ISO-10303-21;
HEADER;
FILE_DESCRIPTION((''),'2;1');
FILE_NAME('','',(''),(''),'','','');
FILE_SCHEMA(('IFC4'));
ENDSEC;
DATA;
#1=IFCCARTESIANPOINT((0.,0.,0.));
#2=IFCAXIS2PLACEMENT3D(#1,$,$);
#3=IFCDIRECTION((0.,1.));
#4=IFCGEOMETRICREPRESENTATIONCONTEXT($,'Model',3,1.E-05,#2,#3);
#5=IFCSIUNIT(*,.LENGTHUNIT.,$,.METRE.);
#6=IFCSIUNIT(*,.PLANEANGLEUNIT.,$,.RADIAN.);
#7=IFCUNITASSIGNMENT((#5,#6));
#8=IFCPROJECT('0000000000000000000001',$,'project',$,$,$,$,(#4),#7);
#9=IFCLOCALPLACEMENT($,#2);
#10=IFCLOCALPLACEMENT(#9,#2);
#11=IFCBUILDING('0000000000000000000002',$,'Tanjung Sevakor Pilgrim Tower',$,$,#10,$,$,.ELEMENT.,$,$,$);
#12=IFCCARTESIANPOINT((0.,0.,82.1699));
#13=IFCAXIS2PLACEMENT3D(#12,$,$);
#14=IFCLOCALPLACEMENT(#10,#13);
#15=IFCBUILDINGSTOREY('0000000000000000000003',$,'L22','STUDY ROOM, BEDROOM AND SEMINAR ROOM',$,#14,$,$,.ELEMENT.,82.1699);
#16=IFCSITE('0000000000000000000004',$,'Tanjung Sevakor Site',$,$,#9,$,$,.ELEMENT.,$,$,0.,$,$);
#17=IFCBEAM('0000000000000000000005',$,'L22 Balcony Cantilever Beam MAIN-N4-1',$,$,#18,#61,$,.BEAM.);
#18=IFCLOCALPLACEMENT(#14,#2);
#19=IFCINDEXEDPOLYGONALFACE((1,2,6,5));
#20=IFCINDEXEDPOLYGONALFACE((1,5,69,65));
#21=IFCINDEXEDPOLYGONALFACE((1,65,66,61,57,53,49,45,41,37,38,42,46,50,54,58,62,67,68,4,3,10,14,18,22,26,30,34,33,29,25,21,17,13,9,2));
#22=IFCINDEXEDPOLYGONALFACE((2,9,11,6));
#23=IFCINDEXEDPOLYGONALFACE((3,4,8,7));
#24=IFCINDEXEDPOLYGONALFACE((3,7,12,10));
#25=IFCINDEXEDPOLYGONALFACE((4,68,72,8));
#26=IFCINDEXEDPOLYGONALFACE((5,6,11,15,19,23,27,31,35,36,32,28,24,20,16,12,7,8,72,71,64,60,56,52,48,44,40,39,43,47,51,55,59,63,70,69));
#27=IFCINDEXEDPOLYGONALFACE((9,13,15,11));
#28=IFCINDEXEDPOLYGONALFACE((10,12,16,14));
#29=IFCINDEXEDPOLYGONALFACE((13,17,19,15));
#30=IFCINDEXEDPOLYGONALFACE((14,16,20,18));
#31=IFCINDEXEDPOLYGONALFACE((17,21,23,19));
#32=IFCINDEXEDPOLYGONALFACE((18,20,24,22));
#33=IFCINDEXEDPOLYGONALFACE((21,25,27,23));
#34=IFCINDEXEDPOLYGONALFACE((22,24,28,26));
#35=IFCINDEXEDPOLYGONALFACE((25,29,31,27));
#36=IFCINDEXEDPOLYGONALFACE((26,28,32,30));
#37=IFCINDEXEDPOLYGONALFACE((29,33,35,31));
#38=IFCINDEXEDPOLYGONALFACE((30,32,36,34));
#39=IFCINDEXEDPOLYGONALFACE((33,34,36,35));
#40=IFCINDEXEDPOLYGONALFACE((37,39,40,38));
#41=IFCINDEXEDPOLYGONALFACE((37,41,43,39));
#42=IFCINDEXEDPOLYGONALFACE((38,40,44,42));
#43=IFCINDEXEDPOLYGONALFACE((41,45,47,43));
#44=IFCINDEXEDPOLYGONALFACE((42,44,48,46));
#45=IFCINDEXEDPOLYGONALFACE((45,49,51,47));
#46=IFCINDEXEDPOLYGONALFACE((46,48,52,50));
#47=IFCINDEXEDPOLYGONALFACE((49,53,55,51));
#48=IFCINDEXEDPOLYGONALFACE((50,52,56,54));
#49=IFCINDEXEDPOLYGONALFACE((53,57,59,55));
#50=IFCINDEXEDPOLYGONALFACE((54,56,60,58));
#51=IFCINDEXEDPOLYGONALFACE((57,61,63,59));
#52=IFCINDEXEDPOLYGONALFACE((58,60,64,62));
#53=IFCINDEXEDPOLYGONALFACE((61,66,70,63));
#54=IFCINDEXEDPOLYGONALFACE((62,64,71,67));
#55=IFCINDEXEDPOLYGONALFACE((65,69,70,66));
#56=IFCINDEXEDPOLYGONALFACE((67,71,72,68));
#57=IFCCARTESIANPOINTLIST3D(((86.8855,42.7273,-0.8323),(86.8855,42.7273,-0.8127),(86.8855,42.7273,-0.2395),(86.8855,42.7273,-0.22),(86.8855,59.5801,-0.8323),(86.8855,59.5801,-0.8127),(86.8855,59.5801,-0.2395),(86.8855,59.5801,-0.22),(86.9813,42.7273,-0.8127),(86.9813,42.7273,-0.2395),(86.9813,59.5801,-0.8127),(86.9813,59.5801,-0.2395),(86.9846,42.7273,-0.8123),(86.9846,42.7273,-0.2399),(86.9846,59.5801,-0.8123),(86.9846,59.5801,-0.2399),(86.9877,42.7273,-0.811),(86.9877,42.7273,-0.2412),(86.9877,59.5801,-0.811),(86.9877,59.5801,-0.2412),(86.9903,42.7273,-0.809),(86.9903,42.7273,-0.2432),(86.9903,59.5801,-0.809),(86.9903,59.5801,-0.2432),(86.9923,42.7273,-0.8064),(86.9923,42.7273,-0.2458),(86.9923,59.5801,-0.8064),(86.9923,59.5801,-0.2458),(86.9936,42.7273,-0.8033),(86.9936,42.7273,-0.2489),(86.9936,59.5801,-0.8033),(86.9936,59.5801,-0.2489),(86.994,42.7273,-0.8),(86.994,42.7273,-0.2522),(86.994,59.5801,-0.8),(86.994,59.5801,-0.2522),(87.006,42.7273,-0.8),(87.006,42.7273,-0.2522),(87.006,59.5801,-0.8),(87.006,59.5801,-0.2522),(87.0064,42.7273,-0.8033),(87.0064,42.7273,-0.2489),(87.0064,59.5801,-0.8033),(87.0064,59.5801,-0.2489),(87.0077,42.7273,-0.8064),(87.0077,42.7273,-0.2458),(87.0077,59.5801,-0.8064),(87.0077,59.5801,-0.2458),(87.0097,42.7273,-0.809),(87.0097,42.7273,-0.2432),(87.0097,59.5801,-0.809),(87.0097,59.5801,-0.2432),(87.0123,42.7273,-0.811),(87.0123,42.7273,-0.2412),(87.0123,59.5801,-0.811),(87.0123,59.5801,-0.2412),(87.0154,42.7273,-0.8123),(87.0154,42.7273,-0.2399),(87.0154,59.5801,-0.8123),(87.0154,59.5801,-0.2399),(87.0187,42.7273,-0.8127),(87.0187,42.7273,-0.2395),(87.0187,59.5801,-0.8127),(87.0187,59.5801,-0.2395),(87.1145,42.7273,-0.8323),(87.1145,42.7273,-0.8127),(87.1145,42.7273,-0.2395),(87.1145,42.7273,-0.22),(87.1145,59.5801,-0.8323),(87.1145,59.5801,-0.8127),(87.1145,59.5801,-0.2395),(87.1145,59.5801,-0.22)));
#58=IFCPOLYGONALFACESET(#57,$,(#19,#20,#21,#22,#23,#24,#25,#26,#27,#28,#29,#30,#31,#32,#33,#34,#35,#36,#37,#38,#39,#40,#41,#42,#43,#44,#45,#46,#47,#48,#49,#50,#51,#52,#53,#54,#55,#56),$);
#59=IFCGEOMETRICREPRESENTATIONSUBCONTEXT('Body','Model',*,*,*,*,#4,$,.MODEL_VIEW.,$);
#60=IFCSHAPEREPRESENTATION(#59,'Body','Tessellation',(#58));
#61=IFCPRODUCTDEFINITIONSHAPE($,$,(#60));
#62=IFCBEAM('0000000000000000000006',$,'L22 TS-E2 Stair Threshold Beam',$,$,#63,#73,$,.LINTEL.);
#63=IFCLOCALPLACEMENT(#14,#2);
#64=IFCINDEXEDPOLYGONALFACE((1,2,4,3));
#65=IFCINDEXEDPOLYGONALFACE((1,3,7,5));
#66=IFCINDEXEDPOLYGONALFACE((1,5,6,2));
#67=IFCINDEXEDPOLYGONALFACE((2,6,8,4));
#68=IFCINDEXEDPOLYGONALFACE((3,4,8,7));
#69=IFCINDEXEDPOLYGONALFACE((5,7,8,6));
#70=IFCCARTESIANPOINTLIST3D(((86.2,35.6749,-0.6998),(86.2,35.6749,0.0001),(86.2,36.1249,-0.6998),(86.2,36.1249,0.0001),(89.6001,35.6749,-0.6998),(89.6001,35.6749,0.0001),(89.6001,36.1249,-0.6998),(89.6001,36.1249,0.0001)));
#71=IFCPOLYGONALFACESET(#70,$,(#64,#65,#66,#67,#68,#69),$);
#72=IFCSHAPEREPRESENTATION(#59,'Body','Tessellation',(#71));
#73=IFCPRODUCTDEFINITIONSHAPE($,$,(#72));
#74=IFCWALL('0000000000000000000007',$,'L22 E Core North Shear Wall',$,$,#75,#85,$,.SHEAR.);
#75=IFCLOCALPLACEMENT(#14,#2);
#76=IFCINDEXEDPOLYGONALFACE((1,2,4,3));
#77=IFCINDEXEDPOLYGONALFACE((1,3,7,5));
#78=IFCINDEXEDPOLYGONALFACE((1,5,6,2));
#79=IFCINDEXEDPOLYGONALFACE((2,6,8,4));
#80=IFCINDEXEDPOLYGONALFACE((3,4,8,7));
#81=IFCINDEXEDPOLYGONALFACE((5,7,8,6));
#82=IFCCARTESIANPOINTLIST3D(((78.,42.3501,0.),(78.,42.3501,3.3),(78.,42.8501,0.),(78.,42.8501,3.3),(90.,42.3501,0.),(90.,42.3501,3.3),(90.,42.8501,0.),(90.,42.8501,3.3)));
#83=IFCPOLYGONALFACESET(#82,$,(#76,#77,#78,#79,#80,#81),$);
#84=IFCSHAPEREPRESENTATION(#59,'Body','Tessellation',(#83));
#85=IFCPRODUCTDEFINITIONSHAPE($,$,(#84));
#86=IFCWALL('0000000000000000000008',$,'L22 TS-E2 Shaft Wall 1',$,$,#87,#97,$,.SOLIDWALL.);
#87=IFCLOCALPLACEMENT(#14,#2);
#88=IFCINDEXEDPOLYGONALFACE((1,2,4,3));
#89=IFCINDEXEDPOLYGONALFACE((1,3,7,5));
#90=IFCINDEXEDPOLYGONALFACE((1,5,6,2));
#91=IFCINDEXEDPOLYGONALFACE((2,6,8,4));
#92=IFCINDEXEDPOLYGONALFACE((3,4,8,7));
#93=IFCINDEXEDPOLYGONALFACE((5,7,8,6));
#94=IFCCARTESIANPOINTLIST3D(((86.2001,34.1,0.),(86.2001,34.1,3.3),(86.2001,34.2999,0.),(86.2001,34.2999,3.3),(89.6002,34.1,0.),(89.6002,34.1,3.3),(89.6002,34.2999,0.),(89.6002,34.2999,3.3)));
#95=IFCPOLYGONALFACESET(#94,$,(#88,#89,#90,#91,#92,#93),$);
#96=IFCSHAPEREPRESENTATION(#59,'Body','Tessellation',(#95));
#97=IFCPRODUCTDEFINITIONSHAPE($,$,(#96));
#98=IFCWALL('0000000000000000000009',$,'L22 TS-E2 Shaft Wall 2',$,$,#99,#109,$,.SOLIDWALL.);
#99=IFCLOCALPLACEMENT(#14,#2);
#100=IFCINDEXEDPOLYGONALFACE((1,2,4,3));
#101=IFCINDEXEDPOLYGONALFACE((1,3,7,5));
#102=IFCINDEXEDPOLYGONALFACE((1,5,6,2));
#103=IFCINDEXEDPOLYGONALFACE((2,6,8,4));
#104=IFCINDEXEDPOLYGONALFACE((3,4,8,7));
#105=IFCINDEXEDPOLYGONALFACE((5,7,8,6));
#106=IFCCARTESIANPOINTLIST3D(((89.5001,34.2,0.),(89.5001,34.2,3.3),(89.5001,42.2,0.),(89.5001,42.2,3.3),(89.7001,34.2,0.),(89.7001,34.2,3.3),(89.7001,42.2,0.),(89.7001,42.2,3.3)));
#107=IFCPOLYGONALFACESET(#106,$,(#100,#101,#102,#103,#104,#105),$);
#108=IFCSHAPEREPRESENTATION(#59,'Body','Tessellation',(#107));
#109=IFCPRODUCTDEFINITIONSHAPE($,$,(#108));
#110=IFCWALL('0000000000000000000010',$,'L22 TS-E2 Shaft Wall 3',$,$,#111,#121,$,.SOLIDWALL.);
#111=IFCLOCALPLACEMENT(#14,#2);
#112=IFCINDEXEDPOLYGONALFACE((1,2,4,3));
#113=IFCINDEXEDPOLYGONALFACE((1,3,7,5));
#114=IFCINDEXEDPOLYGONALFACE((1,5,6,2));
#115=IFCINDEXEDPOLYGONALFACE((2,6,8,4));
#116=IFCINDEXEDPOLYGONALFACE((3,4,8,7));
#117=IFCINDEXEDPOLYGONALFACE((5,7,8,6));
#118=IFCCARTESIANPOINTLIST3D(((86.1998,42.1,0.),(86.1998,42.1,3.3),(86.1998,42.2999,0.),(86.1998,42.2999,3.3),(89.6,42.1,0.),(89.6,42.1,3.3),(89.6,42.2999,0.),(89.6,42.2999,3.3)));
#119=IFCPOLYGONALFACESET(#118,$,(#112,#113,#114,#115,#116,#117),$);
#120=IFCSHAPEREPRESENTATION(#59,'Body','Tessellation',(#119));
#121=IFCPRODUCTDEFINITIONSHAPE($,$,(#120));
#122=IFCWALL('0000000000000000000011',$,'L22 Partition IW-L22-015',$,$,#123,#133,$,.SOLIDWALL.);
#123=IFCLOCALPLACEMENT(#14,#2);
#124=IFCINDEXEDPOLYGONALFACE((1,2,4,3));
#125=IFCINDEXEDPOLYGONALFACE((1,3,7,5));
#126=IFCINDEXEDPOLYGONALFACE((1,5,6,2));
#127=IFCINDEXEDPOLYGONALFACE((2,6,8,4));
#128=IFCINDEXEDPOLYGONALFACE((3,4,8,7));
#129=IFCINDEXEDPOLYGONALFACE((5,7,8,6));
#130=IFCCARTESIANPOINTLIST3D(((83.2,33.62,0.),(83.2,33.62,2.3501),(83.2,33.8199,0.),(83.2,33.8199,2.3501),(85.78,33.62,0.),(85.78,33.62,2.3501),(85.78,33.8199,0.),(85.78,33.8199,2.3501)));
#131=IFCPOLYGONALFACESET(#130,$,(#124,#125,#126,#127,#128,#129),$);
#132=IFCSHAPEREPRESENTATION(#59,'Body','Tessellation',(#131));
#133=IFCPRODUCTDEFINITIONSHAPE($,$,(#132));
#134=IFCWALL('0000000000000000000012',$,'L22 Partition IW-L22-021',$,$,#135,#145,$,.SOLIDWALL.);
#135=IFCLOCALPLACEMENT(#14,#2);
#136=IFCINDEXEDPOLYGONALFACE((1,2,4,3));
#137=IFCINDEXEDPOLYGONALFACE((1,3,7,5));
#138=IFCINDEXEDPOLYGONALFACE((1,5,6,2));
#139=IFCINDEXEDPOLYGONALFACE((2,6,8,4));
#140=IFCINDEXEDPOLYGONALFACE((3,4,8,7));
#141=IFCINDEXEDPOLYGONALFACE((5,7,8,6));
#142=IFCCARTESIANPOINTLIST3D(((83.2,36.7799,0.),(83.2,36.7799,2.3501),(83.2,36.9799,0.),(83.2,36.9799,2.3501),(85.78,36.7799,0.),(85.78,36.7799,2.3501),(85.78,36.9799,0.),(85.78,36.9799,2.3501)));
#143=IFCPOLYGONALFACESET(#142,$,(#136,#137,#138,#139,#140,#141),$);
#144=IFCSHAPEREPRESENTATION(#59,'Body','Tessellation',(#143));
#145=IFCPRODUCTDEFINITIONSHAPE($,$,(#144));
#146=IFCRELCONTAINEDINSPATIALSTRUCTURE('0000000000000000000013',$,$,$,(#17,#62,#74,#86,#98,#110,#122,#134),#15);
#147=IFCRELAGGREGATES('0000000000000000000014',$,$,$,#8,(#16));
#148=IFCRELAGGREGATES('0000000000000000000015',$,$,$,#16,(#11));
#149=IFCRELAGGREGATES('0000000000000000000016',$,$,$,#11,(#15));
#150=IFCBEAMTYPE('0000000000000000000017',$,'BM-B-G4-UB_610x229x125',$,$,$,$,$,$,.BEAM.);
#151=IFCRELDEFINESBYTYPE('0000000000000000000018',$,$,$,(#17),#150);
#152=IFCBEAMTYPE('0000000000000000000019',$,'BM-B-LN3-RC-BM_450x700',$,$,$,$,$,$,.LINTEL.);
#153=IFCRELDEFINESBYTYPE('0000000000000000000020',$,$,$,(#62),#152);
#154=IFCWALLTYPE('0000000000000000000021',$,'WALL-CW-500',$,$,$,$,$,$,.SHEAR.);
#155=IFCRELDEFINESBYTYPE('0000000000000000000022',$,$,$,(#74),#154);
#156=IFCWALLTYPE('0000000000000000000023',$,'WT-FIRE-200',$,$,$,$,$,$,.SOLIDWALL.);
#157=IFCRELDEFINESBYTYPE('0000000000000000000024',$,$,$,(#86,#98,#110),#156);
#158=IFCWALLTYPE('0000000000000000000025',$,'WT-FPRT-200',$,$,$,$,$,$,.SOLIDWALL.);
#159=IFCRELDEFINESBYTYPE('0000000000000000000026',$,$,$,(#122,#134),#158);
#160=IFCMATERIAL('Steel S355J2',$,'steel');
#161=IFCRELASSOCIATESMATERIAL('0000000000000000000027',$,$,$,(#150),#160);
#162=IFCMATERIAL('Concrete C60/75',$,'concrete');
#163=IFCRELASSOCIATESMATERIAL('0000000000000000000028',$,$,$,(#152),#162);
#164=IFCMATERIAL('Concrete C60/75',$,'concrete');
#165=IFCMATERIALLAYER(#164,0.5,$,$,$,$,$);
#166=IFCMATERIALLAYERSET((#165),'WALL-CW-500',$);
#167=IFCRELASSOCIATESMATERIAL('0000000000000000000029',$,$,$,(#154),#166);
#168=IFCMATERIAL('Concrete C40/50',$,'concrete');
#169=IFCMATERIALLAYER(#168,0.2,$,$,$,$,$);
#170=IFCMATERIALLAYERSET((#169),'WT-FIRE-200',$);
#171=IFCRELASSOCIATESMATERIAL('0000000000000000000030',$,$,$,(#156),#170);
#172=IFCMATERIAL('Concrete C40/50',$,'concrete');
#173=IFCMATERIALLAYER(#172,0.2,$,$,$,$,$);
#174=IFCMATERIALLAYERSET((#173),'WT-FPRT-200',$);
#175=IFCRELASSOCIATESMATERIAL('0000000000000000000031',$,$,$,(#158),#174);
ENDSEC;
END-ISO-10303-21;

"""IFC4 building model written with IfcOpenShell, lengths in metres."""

from ifc_helpers import new_model, si_unit, direction, frame, frame_2d, origin, origin_2d, place, context, subcontext, project, spatial, rectangle, i_section, extrude, material, layer, layer_set, material_profile, profile_set, type_object, element, save


model = new_model("IFC4")

# Units and contexts
model_context = context("Model", 3, precision=1e-05, world=origin(), true_north=direction((0.0, 1.0)))
body_context = subcontext(model_context, "Body", "Model", "MODEL_VIEW")
ifc_project = project(units=[si_unit("LENGTHUNIT", "METRE"), si_unit("PLANEANGLEUNIT", "RADIAN")], contexts=[model_context])

# Site, building, storey
site_placement = place(None, origin())
site = spatial("IfcSite", under=ifc_project, at=site_placement, Name="Tanjung Sevakor Site", CompositionType="ELEMENT", RefElevation=0.0)
building_placement = place(site_placement, origin())
building = spatial("IfcBuilding", under=site, at=building_placement, Name="Tanjung Sevakor Pilgrim Tower", CompositionType="ELEMENT")
storey_placement = place(building_placement, frame((0.0, 0.0, 82.1699)))
storey = spatial("IfcBuildingStorey", under=building, at=storey_placement, Name="L22", Description="STUDY ROOM, BEDROOM AND SEMINAR ROOM", CompositionType="ELEMENT", Elevation=82.1699)

# Beams
ifc_material_1 = material(Name="Steel S355J2", Category="steel")
ifc_material_profile_1 = material_profile(ifc_material_1, i_section(OverallWidth=0.229, OverallDepth=0.6123, WebThickness=0.012, FlangeThickness=0.0195, FilletRadius=0.0127, at=origin_2d()))
ifc_profile_set_1 = profile_set([ifc_material_profile_1], Name="Steel S355J2")
beam_type_1 = type_object("IfcBeamType", Name="BM-B-G4-UB_610x229x125", PredefinedType="BEAM", material=ifc_profile_set_1)
beam_1_placement = place(storey_placement, frame((87.0, 42.7273, -0.5261), z_axis=(0.0, 1.0, 0.0), x_axis=(-1.0, 0.0, 0.0)))
element("IfcBeam", 1, at=beam_1_placement, inside=storey, type_object=beam_type_1, Name="L22 Balcony Cantilever Beam MAIN-N4-1", PredefinedType="BEAM", context=body_context, shape_type="SweptSolid", body=[
    extrude(i_section(OverallWidth=0.229, OverallDepth=0.6123, WebThickness=0.012, FlangeThickness=0.0195, FilletRadius=0.0127, at=origin_2d()), origin(), (0.0, 0.0, 1.0), 16.8528),
])
ifc_material_2 = material(Name="Concrete C60/75", Category="concrete")
ifc_material_profile_2 = material_profile(ifc_material_2, rectangle(XDim=0.45, YDim=0.7, at=origin_2d()))
ifc_profile_set_2 = profile_set([ifc_material_profile_2], Name="Concrete C60/75")
beam_type_2 = type_object("IfcBeamType", Name="BM-B-LN3-RC-BM_450x700", PredefinedType="LINTEL", material=ifc_profile_set_2)
beam_2_placement = place(storey_placement, frame((86.2, 35.8999, -0.3499), z_axis=(1.0, 0.0, 0.0), x_axis=(0.0, 1.0, 0.0)))
element("IfcBeam", 2, at=beam_2_placement, inside=storey, type_object=beam_type_2, Name="L22 TS-E2 Stair Threshold Beam", PredefinedType="LINTEL", context=body_context, shape_type="SweptSolid", body=[
    extrude(rectangle(XDim=0.45, YDim=0.7, at=origin_2d()), origin(), (0.0, 0.0, 1.0), 3.4001),
])

# Walls
ifc_material_3 = material(Name="Concrete C60/75", Category="concrete")
ifc_layer_1 = layer(ifc_material_3, 0.5)
ifc_layer_set_1 = layer_set([ifc_layer_1], Name="WALL-CW-500")
wall_type_1 = type_object("IfcWallType", Name="WALL-CW-500", PredefinedType="SHEAR", material=ifc_layer_set_1)
wall_1_placement = place(storey_placement, frame((90.0, 42.6001, 0.0), z_axis=(0.0, 0.0, 1.0), x_axis=(-1.0, 0.0, 0.0)))
element("IfcWall", 3, at=wall_1_placement, inside=storey, type_object=wall_type_1, Name="L22 E Core North Shear Wall", PredefinedType="SHEAR", context=body_context, shape_type="SweptSolid", body=[
    extrude(rectangle(XDim=12.0, YDim=0.5, at=frame_2d((6.0, 0.0))), origin(), (0.0, 0.0, 1.0), 3.3),
])
ifc_material_4 = material(Name="Concrete C40/50", Category="concrete")
ifc_layer_2 = layer(ifc_material_4, 0.2)
ifc_layer_set_2 = layer_set([ifc_layer_2], Name="WT-FIRE-200")
wall_type_2 = type_object("IfcWallType", Name="WT-FIRE-200", PredefinedType="SOLIDWALL", material=ifc_layer_set_2)
wall_2_placement = place(storey_placement, frame((86.2, 34.2, 0.0), z_axis=(0.0, 0.0, 1.0), x_axis=(1.0, 0.0, 0.0)))
element("IfcWall", 4, at=wall_2_placement, inside=storey, type_object=wall_type_2, Name="L22 TS-E2 Shaft Wall 1", PredefinedType="SOLIDWALL", context=body_context, shape_type="SweptSolid", body=[
    extrude(rectangle(XDim=3.4001, YDim=0.2, at=frame_2d((1.7002, 0.0))), origin(), (0.0, 0.0, 1.0), 3.3),
])
wall_3_placement = place(storey_placement, frame((89.6001, 34.2, 0.0), z_axis=(0.0, 0.0, 1.0), x_axis=(0.0, 1.0, 0.0)))
element("IfcWall", 5, at=wall_3_placement, inside=storey, type_object=wall_type_2, Name="L22 TS-E2 Shaft Wall 2", PredefinedType="SOLIDWALL", context=body_context, shape_type="SweptSolid", body=[
    extrude(rectangle(XDim=8.0, YDim=0.2, at=frame_2d((4.0, 0.0))), origin(), (0.0, 0.0, 1.0), 3.3),
])
wall_4_placement = place(storey_placement, frame((89.6001, 42.2, 0.0), z_axis=(0.0, 0.0, 1.0), x_axis=(-1.0, 0.0, 0.0)))
element("IfcWall", 6, at=wall_4_placement, inside=storey, type_object=wall_type_2, Name="L22 TS-E2 Shaft Wall 3", PredefinedType="SOLIDWALL", context=body_context, shape_type="SweptSolid", body=[
    extrude(rectangle(XDim=3.4001, YDim=0.2, at=frame_2d((1.7002, 0.0))), origin(), (0.0, 0.0, 1.0), 3.3),
])
ifc_material_5 = material(Name="Concrete C40/50", Category="concrete")
ifc_layer_3 = layer(ifc_material_5, 0.2)
ifc_layer_set_3 = layer_set([ifc_layer_3], Name="WT-FPRT-200")
wall_type_3 = type_object("IfcWallType", Name="WT-FPRT-200", PredefinedType="SOLIDWALL", material=ifc_layer_set_3)
for number, where, z_axis, x_axis, name in (
    (7, (83.2, 33.72, 0.0), (0.0, 0.0, 1.0), (1.0, 0.0, 0.0), "L22 Partition IW-L22-015"),
    (8, (83.2, 36.8799, 0.0), (0.0, 0.0, 1.0), (1.0, 0.0, 0.0), "L22 Partition IW-L22-021"),
):
    element("IfcWall", number, at=place(storey_placement, frame(where, z_axis=z_axis, x_axis=x_axis)), inside=storey, type_object=wall_type_3, Name=name, PredefinedType="SOLIDWALL", context=body_context, shape_type="SweptSolid", body=[
        extrude(rectangle(XDim=2.5801, YDim=0.2, at=frame_2d((1.29, 0.0))), origin(), (0.0, 0.0, 1.0), 2.3501),
    ])

save(model, "model.ifc")
